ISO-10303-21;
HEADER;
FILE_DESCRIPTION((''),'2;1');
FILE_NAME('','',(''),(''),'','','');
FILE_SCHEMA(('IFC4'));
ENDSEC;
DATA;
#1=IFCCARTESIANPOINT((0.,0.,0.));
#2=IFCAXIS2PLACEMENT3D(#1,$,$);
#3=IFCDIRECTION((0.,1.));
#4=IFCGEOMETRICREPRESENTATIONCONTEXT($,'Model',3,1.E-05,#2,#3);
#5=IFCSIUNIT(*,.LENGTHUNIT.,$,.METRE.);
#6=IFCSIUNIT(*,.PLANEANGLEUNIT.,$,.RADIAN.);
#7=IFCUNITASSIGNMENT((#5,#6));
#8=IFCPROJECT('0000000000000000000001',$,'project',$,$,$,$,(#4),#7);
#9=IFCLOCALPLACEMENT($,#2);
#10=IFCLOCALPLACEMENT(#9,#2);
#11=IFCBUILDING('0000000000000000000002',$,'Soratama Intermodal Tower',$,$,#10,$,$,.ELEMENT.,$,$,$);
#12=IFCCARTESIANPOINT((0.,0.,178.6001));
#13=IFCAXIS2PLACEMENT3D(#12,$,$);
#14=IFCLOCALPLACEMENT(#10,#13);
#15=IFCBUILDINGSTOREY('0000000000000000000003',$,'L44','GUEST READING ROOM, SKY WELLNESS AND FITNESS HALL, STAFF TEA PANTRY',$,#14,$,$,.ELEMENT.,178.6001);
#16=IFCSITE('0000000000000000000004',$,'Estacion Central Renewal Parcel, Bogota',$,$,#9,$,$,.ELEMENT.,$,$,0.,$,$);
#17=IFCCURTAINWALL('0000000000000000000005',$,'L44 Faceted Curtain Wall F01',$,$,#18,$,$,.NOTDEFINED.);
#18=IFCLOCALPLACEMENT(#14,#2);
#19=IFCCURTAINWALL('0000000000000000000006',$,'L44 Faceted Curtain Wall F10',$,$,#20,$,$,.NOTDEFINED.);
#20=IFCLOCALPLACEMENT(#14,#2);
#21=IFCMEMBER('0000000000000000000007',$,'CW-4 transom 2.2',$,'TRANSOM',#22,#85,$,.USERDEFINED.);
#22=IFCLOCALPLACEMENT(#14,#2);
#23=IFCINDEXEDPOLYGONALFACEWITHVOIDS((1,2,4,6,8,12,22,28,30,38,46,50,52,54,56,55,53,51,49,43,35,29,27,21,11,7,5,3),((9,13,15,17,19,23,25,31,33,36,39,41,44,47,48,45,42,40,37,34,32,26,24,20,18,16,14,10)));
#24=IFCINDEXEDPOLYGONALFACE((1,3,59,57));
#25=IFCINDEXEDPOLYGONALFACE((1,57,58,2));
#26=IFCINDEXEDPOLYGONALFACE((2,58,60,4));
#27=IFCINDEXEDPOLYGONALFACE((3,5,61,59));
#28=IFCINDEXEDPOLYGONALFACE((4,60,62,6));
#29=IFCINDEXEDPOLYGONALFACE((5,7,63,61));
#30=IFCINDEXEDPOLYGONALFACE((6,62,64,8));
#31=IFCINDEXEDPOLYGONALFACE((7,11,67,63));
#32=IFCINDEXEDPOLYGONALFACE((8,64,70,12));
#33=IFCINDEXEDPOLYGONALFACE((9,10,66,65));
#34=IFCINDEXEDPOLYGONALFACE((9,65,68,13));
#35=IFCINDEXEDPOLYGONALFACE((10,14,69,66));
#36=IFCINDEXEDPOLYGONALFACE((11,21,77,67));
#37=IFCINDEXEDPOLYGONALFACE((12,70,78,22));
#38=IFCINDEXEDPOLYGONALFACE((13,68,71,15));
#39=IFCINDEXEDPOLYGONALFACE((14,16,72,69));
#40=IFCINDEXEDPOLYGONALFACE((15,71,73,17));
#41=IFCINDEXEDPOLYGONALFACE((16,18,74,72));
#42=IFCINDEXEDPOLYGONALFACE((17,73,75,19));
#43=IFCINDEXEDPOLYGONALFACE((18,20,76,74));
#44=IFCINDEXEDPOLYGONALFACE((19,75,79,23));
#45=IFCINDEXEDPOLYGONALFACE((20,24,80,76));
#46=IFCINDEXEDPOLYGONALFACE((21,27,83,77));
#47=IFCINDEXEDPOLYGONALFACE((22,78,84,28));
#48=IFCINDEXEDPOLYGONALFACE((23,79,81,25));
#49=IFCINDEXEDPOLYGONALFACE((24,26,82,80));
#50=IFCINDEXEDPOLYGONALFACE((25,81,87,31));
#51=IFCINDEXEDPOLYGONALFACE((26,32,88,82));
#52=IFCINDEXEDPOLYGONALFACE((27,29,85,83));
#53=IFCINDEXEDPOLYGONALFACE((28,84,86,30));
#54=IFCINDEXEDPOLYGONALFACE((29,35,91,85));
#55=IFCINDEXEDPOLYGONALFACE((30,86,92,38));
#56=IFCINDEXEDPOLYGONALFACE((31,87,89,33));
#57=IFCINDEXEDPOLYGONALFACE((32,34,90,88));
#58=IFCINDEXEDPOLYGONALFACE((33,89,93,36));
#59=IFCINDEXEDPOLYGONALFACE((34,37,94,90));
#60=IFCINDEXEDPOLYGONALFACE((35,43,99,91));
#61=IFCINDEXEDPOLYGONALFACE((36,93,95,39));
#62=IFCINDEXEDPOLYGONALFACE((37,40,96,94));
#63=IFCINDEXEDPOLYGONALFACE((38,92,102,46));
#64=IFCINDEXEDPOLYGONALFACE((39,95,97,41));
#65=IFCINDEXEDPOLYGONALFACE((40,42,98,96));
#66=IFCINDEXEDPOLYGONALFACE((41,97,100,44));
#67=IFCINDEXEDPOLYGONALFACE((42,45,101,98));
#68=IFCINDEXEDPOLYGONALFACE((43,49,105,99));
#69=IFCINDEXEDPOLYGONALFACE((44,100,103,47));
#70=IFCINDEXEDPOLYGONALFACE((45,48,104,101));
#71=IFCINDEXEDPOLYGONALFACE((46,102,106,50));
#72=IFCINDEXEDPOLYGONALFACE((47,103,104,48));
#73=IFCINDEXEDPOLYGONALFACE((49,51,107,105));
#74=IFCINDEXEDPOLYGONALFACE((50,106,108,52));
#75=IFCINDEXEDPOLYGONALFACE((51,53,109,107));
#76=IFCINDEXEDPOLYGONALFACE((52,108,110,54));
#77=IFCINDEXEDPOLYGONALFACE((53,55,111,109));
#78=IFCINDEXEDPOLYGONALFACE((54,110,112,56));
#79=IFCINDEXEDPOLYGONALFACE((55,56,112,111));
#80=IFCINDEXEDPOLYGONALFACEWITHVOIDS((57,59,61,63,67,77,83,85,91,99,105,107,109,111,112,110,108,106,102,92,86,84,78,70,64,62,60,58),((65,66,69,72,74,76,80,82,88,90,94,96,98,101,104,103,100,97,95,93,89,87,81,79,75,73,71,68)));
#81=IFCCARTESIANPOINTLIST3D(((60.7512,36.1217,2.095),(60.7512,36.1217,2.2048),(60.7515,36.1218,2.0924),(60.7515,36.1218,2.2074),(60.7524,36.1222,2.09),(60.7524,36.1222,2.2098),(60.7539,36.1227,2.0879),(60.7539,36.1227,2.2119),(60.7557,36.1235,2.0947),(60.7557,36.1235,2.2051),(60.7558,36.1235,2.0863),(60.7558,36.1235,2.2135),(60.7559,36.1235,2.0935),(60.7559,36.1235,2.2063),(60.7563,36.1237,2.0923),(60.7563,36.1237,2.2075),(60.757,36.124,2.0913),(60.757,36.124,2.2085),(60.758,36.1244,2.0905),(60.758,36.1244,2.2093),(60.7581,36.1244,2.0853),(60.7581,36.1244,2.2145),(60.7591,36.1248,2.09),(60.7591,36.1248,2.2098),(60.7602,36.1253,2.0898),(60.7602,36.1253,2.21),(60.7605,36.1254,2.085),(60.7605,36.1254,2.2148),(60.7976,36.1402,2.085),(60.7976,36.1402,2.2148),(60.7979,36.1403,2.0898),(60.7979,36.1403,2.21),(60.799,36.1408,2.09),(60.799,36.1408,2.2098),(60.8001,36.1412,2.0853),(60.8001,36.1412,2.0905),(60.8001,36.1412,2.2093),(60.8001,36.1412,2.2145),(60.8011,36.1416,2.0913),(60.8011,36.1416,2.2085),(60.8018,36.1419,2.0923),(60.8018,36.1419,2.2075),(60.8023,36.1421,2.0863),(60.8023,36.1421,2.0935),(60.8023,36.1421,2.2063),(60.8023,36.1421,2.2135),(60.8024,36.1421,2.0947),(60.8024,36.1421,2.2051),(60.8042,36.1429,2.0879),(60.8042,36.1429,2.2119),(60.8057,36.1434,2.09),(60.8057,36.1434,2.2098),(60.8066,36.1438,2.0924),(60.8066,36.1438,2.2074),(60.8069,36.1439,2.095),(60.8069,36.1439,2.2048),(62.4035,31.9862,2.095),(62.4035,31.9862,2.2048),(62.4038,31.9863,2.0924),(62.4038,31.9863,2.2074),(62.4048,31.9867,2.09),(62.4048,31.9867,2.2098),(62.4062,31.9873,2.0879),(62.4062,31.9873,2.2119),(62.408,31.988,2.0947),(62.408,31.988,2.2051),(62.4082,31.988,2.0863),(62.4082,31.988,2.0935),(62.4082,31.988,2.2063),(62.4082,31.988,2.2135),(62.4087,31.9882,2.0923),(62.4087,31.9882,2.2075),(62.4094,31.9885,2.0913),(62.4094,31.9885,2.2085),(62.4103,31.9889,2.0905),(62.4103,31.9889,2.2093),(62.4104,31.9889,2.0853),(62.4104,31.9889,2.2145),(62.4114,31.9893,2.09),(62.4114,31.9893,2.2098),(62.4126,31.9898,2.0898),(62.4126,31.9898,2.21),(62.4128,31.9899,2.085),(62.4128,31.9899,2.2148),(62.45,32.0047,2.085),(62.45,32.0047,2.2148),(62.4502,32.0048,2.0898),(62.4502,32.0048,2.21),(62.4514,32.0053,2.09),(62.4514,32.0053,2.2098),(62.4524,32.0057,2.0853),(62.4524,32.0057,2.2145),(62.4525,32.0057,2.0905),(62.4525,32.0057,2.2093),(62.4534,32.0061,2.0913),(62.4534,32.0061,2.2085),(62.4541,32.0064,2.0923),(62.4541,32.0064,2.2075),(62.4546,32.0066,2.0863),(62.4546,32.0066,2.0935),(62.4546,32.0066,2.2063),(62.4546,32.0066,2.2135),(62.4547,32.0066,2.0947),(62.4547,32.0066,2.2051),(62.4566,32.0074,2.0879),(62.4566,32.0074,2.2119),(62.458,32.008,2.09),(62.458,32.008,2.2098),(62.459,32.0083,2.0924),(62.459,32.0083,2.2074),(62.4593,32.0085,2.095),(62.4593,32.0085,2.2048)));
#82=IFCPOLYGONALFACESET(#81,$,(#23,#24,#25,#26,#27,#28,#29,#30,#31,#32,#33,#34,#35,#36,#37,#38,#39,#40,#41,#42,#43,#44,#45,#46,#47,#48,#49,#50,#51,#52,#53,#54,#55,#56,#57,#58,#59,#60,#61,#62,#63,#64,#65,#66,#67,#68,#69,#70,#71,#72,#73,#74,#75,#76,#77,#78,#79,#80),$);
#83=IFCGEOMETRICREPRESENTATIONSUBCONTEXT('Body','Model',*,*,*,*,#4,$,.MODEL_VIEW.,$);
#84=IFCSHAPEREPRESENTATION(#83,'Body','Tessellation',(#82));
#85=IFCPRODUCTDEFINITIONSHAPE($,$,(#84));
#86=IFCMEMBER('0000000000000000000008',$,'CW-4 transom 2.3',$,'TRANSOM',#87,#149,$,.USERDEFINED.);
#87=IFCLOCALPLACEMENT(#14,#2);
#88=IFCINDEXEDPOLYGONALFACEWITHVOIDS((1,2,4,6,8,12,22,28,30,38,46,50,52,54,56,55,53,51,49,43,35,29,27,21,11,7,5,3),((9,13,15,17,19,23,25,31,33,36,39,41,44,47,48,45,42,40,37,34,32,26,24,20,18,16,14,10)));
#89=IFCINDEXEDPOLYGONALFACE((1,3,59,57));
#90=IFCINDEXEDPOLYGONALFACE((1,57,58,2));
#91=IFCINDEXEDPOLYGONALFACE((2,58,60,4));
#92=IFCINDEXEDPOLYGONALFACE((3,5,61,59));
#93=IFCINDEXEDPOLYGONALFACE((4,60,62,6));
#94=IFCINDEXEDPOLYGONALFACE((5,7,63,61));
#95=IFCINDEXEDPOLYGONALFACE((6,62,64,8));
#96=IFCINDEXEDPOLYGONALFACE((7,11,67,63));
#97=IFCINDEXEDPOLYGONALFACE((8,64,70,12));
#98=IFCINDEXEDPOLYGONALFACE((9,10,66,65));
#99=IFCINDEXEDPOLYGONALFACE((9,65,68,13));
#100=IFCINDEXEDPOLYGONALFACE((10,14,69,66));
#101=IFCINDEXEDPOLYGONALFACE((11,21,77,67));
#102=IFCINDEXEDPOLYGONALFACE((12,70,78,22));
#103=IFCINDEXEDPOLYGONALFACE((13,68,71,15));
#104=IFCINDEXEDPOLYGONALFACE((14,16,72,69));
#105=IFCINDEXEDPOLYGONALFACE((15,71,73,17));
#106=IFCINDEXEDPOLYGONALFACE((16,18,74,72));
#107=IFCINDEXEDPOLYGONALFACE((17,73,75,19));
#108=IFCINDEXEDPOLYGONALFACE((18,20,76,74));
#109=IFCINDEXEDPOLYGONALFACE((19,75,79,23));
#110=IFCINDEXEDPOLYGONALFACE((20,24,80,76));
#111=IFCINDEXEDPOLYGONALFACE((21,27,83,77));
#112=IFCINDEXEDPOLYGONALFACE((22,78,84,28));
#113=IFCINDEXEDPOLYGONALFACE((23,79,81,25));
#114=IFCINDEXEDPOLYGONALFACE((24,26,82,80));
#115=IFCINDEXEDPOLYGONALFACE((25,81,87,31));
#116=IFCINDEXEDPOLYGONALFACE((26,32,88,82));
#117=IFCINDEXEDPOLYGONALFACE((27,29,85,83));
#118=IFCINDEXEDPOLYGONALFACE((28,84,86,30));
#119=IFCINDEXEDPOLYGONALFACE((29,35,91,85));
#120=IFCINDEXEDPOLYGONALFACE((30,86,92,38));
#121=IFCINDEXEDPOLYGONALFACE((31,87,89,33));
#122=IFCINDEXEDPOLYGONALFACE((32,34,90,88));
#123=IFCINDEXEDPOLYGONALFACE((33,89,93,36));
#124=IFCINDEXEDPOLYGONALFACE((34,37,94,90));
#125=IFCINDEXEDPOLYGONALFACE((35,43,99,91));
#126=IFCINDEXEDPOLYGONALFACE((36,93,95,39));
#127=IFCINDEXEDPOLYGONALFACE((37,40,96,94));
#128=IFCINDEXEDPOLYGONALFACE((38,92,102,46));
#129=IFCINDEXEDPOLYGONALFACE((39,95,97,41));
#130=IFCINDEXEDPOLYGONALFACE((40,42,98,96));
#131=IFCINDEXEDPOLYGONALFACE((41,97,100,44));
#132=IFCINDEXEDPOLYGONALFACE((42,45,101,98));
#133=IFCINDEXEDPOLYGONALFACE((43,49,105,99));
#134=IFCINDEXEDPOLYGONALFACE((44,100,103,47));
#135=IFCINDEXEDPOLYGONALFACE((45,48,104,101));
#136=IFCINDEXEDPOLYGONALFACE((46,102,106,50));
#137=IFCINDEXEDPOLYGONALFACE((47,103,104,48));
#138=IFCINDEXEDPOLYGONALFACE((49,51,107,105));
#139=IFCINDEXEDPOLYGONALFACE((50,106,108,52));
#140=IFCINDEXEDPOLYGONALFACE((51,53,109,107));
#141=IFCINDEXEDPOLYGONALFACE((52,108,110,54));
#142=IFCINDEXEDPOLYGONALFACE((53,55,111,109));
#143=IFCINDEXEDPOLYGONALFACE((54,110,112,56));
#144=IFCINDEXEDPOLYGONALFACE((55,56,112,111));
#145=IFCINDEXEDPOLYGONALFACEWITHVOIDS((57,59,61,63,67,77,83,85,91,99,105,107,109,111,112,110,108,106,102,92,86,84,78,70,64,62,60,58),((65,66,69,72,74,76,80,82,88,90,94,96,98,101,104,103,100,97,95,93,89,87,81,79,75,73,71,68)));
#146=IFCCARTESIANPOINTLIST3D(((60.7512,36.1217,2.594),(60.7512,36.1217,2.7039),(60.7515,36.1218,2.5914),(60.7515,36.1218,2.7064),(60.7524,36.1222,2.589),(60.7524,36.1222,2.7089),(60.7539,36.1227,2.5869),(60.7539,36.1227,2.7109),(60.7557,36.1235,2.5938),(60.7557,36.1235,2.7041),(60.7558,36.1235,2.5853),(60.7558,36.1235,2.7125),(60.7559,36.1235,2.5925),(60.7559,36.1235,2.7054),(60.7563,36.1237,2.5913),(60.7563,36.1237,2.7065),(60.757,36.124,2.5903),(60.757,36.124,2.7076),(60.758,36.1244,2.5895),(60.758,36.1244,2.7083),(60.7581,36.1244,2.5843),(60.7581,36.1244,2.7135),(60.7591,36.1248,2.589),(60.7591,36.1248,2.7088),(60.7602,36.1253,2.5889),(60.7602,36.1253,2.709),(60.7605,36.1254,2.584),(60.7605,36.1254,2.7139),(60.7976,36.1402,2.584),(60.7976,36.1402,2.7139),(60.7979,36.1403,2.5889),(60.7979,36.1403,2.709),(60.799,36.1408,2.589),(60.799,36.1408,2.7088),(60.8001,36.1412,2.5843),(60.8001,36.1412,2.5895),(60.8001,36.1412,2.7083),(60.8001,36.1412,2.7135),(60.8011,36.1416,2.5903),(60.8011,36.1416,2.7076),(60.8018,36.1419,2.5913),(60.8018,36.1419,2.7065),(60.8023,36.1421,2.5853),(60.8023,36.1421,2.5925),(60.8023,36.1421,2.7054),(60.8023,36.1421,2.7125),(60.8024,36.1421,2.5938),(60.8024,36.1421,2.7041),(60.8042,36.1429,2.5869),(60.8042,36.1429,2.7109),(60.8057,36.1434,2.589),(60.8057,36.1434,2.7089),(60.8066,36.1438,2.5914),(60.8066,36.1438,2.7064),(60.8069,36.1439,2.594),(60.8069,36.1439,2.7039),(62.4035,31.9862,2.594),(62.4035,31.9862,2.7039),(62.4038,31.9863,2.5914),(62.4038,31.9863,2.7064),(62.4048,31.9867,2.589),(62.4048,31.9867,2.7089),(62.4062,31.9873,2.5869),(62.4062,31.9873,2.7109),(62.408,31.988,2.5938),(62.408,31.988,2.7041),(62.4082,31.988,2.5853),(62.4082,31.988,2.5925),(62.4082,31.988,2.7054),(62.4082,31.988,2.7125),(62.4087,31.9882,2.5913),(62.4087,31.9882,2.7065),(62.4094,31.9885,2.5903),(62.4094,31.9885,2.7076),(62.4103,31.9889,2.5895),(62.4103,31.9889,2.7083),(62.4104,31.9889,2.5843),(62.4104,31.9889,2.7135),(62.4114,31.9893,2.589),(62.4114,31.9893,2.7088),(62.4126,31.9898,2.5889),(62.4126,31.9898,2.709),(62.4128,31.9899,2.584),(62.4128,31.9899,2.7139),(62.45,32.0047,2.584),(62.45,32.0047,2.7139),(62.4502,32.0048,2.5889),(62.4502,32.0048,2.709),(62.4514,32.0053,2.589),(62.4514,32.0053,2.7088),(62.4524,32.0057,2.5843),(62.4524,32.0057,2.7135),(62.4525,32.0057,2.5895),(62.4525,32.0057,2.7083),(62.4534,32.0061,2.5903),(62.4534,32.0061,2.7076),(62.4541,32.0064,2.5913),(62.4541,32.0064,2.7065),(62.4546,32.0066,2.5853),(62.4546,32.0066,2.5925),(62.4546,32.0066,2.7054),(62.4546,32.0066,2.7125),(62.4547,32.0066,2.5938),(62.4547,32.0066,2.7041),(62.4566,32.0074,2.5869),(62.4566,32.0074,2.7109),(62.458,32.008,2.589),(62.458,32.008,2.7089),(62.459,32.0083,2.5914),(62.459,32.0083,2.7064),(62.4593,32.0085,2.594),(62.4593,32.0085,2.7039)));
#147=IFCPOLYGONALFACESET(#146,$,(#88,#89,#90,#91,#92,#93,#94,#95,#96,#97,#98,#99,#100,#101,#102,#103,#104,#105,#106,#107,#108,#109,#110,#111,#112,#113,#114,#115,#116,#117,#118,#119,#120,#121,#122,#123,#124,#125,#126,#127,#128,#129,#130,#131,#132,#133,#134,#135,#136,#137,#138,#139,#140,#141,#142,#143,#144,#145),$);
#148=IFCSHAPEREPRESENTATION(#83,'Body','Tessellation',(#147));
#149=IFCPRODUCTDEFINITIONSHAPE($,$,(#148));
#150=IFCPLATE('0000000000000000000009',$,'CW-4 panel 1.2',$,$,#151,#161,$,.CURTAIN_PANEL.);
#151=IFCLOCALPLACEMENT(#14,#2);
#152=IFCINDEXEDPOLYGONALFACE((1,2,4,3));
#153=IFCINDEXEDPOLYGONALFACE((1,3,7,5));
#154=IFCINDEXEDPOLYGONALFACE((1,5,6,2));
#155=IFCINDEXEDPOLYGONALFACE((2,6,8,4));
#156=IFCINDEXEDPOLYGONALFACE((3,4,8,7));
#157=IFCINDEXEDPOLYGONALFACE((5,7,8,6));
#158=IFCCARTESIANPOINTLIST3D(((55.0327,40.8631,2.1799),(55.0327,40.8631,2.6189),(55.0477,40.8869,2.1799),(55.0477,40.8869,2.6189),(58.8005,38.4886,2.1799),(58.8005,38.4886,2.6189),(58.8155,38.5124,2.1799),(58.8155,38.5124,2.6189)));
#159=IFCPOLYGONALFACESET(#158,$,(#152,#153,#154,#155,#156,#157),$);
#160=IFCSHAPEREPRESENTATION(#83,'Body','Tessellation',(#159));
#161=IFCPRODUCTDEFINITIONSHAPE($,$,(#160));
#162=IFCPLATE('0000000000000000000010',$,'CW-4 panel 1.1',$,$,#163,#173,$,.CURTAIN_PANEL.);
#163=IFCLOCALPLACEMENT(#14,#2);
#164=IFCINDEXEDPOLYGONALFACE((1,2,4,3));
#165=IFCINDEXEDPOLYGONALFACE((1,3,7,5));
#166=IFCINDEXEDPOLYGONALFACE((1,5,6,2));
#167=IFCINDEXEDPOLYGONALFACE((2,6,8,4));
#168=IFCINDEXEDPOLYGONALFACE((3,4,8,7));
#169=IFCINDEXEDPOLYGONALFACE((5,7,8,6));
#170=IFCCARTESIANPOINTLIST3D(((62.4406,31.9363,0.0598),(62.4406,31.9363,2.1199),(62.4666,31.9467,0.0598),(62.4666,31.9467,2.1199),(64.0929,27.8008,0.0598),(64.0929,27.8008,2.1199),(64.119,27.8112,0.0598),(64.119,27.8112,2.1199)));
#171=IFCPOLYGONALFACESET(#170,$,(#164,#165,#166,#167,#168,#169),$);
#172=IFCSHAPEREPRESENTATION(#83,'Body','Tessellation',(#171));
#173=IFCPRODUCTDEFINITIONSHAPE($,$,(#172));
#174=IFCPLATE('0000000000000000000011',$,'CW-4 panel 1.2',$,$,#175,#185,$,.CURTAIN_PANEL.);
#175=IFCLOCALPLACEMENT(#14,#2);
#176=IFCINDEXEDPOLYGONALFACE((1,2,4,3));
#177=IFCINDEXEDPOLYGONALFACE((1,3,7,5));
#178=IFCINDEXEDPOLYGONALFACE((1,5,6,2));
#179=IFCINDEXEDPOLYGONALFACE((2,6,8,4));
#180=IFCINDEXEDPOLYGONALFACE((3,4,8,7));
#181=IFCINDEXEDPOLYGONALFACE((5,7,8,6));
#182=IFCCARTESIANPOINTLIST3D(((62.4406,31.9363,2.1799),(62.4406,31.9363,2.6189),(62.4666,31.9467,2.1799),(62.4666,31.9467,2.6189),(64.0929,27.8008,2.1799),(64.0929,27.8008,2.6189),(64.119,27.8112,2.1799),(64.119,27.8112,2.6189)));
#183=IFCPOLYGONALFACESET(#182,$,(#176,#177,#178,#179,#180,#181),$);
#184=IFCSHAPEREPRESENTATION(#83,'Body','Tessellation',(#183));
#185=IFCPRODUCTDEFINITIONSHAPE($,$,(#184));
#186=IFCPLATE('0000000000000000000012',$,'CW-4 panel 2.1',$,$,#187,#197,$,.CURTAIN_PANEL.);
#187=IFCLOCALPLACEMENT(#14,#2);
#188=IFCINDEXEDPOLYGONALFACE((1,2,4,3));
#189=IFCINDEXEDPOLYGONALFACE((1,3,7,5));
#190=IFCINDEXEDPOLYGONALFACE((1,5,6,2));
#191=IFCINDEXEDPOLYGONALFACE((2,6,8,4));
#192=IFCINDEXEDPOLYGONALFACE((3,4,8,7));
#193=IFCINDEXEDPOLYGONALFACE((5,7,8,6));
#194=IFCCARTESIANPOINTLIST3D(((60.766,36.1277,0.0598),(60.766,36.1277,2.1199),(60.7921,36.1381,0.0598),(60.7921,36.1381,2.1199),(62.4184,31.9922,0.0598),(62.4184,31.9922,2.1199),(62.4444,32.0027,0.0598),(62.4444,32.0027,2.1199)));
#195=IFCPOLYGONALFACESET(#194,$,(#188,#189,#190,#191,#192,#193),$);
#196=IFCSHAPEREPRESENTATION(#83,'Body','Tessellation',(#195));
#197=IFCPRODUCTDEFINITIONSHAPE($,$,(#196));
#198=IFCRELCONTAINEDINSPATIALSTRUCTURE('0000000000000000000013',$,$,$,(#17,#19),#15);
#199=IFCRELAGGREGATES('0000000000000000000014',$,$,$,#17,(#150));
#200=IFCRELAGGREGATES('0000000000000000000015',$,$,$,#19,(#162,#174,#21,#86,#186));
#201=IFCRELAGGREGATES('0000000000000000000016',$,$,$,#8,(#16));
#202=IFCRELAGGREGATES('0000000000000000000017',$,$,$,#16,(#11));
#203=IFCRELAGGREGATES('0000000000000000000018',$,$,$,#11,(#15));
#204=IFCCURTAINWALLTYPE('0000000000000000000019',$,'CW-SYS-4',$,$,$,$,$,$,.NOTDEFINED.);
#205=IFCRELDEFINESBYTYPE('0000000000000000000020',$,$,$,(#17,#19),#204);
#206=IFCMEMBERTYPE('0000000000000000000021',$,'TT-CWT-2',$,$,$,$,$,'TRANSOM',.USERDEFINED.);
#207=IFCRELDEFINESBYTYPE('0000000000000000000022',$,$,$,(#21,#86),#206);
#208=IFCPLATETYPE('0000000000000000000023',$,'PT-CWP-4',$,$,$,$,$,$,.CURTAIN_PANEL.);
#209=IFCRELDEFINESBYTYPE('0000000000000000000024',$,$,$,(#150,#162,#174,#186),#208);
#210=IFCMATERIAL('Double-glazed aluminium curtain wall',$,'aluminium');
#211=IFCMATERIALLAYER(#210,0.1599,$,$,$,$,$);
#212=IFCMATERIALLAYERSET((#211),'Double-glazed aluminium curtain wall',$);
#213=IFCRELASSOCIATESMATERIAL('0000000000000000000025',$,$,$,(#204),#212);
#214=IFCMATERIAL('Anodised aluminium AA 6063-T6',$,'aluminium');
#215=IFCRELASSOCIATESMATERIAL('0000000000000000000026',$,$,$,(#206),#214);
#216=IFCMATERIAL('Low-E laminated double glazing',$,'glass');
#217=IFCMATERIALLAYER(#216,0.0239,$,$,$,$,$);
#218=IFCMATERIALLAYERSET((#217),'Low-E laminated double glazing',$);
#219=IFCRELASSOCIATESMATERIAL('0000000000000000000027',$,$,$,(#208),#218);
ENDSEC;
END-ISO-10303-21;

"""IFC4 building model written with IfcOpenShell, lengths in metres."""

from ifc_helpers import new_model, si_unit, direction, frame, origin, origin_2d, place, context, subcontext, project, spatial, rectangle, hollow_rectangle, extrude, material, layer, layer_set, material_profile, profile_set, type_object, element, aggregate, save


model = new_model("IFC4")

# Units and contexts
model_context = context("Model", 3, precision=1e-05, world=origin(), true_north=direction((0.0, 1.0)))
body_context = subcontext(model_context, "Body", "Model", "MODEL_VIEW")
ifc_project = project(units=[si_unit("LENGTHUNIT", "METRE"), si_unit("PLANEANGLEUNIT", "RADIAN")], contexts=[model_context])

# Site, building, storey
site_placement = place(None, origin())
site = spatial("IfcSite", under=ifc_project, at=site_placement, Name="Estacion Central Renewal Parcel, Bogota", CompositionType="ELEMENT", RefElevation=0.0)
building_placement = place(site_placement, origin())
building = spatial("IfcBuilding", under=site, at=building_placement, Name="Soratama Intermodal Tower", CompositionType="ELEMENT")
storey_placement = place(building_placement, frame((0.0, 0.0, 178.6001)))
storey = spatial("IfcBuildingStorey", under=building, at=storey_placement, Name="L44", Description="GUEST READING ROOM, SKY WELLNESS AND FITNESS HALL, STAFF TEA PANTRY", CompositionType="ELEMENT", Elevation=178.6001)

# Curtain wall
ifc_material_1 = material(Name="Double-glazed aluminium curtain wall", Category="aluminium")
ifc_layer_1 = layer(ifc_material_1, 0.1599)
ifc_layer_set_1 = layer_set([ifc_layer_1], Name="Double-glazed aluminium curtain wall")
curtain_wall_type = type_object("IfcCurtainWallType", Name="CW-SYS-4", PredefinedType="NOTDEFINED", material=ifc_layer_set_1)
curtain_wall_1_placement = place(storey_placement, origin())
curtain_wall_1 = element("IfcCurtainWall", 1, at=curtain_wall_1_placement, inside=storey, type_object=curtain_wall_type, Name="L44 Faceted Curtain Wall F01", PredefinedType="NOTDEFINED")

# Curtain wall
curtain_wall_2_placement = place(storey_placement, origin())
curtain_wall_2 = element("IfcCurtainWall", 2, at=curtain_wall_2_placement, inside=storey, type_object=curtain_wall_type, Name="L44 Faceted Curtain Wall F10", PredefinedType="NOTDEFINED")

# Members
ifc_material_2 = material(Name="Anodised aluminium AA 6063-T6", Category="aluminium")
ifc_material_profile_1 = material_profile(ifc_material_2, hollow_rectangle(XDim=0.0601, YDim=0.1299, WallThickness=0.0049, InnerFilletRadius=0.0049, OuterFilletRadius=0.01, at=origin_2d()), Name="CWT130X60X5")
ifc_profile_set_1 = profile_set([ifc_material_profile_1], Name="Anodised aluminium AA 6063-T6")
member_type_1 = type_object("IfcMemberType", Name="TT-CWT-2", ElementType="TRANSOM", PredefinedType="USERDEFINED", material=ifc_profile_set_1)
member_1_placement = place(storey_placement, frame((62.4314, 31.9973, 2.1499), z_axis=(-0.371031, 0.92862, 0.0), x_axis=(-0.92862, -0.371031, 0.0)))
member_1 = element("IfcMember", 3, at=member_1_placement, type_object=member_type_1, Name="CW-4 transom 2.2", ObjectType="TRANSOM", PredefinedType="USERDEFINED", context=body_context, shape_type="SweptSolid", body=[
    extrude(hollow_rectangle(XDim=0.0601, YDim=0.1299, WallThickness=0.0049, InnerFilletRadius=0.0049, OuterFilletRadius=0.01, at=origin_2d()), origin(), (0.0, 0.0, 1.0), 4.4534),
])
member_2_placement = place(storey_placement, frame((62.4314, 31.9973, 2.6489), z_axis=(-0.371031, 0.92862, 0.0), x_axis=(-0.92862, -0.371031, 0.0)))
member_2 = element("IfcMember", 4, at=member_2_placement, type_object=member_type_1, Name="CW-4 transom 2.3", ObjectType="TRANSOM", PredefinedType="USERDEFINED", context=body_context, shape_type="SweptSolid", body=[
    extrude(hollow_rectangle(XDim=0.0601, YDim=0.1299, WallThickness=0.0049, InnerFilletRadius=0.0049, OuterFilletRadius=0.01, at=origin_2d()), origin(), (0.0, 0.0, 1.0), 4.4534),
])

# Plates
ifc_material_3 = material(Name="Low-E laminated double glazing", Category="glass")
ifc_layer_2 = layer(ifc_material_3, 0.0239)
ifc_layer_set_2 = layer_set([ifc_layer_2], Name="Low-E laminated double glazing")
plate_type = type_object("IfcPlateType", Name="PT-CWP-4", PredefinedType="CURTAIN_PANEL", material=ifc_layer_set_2)
plate_1_placement = place(storey_placement, frame((56.9241, 39.6877, 2.1799), z_axis=(0.0, 0.0, 1.0), x_axis=(-0.84601, 0.533168, 0.0)))
plate_1 = element("IfcPlate", 5, at=plate_1_placement, type_object=plate_type, Name="CW-4 panel 1.2", PredefinedType="CURTAIN_PANEL", context=body_context, shape_type="SweptSolid", body=[
    extrude(rectangle(XDim=4.4536, YDim=0.0281, at=origin_2d()), origin(), (0.0, 0.0, 1.0), 0.439),
])
aggregate(curtain_wall_1, [plate_1])
plate_2_placement = place(storey_placement, frame((63.2798, 29.8738, 0.0598), z_axis=(0.0, 0.0, 1.0), x_axis=(-0.371038, 0.928618, 0.0)))
plate_2 = element("IfcPlate", 6, at=plate_2_placement, type_object=plate_type, Name="CW-4 panel 1.1", PredefinedType="CURTAIN_PANEL", context=body_context, shape_type="SweptSolid", body=[
    extrude(rectangle(XDim=4.4534, YDim=0.0281, at=origin_2d()), origin(), (0.0, 0.0, 1.0), 2.0601),
])
plate_3_placement = place(storey_placement, frame((63.2798, 29.8738, 2.1799), z_axis=(0.0, 0.0, 1.0), x_axis=(-0.371038, 0.928618, 0.0)))
plate_3 = element("IfcPlate", 7, at=plate_3_placement, type_object=plate_type, Name="CW-4 panel 1.2", PredefinedType="CURTAIN_PANEL", context=body_context, shape_type="SweptSolid", body=[
    extrude(rectangle(XDim=4.4534, YDim=0.0281, at=origin_2d()), origin(), (0.0, 0.0, 1.0), 0.439),
])
plate_4_placement = place(storey_placement, frame((61.6052, 34.0652, 0.0598), z_axis=(0.0, 0.0, 1.0), x_axis=(-0.371038, 0.928618, 0.0)))
plate_4 = element("IfcPlate", 8, at=plate_4_placement, type_object=plate_type, Name="CW-4 panel 2.1", PredefinedType="CURTAIN_PANEL", context=body_context, shape_type="SweptSolid", body=[
    extrude(rectangle(XDim=4.4534, YDim=0.0281, at=origin_2d()), origin(), (0.0, 0.0, 1.0), 2.0601),
])
aggregate(curtain_wall_2, [plate_2, plate_3, member_1, member_2, plate_4])

save(model, "model.ifc")
